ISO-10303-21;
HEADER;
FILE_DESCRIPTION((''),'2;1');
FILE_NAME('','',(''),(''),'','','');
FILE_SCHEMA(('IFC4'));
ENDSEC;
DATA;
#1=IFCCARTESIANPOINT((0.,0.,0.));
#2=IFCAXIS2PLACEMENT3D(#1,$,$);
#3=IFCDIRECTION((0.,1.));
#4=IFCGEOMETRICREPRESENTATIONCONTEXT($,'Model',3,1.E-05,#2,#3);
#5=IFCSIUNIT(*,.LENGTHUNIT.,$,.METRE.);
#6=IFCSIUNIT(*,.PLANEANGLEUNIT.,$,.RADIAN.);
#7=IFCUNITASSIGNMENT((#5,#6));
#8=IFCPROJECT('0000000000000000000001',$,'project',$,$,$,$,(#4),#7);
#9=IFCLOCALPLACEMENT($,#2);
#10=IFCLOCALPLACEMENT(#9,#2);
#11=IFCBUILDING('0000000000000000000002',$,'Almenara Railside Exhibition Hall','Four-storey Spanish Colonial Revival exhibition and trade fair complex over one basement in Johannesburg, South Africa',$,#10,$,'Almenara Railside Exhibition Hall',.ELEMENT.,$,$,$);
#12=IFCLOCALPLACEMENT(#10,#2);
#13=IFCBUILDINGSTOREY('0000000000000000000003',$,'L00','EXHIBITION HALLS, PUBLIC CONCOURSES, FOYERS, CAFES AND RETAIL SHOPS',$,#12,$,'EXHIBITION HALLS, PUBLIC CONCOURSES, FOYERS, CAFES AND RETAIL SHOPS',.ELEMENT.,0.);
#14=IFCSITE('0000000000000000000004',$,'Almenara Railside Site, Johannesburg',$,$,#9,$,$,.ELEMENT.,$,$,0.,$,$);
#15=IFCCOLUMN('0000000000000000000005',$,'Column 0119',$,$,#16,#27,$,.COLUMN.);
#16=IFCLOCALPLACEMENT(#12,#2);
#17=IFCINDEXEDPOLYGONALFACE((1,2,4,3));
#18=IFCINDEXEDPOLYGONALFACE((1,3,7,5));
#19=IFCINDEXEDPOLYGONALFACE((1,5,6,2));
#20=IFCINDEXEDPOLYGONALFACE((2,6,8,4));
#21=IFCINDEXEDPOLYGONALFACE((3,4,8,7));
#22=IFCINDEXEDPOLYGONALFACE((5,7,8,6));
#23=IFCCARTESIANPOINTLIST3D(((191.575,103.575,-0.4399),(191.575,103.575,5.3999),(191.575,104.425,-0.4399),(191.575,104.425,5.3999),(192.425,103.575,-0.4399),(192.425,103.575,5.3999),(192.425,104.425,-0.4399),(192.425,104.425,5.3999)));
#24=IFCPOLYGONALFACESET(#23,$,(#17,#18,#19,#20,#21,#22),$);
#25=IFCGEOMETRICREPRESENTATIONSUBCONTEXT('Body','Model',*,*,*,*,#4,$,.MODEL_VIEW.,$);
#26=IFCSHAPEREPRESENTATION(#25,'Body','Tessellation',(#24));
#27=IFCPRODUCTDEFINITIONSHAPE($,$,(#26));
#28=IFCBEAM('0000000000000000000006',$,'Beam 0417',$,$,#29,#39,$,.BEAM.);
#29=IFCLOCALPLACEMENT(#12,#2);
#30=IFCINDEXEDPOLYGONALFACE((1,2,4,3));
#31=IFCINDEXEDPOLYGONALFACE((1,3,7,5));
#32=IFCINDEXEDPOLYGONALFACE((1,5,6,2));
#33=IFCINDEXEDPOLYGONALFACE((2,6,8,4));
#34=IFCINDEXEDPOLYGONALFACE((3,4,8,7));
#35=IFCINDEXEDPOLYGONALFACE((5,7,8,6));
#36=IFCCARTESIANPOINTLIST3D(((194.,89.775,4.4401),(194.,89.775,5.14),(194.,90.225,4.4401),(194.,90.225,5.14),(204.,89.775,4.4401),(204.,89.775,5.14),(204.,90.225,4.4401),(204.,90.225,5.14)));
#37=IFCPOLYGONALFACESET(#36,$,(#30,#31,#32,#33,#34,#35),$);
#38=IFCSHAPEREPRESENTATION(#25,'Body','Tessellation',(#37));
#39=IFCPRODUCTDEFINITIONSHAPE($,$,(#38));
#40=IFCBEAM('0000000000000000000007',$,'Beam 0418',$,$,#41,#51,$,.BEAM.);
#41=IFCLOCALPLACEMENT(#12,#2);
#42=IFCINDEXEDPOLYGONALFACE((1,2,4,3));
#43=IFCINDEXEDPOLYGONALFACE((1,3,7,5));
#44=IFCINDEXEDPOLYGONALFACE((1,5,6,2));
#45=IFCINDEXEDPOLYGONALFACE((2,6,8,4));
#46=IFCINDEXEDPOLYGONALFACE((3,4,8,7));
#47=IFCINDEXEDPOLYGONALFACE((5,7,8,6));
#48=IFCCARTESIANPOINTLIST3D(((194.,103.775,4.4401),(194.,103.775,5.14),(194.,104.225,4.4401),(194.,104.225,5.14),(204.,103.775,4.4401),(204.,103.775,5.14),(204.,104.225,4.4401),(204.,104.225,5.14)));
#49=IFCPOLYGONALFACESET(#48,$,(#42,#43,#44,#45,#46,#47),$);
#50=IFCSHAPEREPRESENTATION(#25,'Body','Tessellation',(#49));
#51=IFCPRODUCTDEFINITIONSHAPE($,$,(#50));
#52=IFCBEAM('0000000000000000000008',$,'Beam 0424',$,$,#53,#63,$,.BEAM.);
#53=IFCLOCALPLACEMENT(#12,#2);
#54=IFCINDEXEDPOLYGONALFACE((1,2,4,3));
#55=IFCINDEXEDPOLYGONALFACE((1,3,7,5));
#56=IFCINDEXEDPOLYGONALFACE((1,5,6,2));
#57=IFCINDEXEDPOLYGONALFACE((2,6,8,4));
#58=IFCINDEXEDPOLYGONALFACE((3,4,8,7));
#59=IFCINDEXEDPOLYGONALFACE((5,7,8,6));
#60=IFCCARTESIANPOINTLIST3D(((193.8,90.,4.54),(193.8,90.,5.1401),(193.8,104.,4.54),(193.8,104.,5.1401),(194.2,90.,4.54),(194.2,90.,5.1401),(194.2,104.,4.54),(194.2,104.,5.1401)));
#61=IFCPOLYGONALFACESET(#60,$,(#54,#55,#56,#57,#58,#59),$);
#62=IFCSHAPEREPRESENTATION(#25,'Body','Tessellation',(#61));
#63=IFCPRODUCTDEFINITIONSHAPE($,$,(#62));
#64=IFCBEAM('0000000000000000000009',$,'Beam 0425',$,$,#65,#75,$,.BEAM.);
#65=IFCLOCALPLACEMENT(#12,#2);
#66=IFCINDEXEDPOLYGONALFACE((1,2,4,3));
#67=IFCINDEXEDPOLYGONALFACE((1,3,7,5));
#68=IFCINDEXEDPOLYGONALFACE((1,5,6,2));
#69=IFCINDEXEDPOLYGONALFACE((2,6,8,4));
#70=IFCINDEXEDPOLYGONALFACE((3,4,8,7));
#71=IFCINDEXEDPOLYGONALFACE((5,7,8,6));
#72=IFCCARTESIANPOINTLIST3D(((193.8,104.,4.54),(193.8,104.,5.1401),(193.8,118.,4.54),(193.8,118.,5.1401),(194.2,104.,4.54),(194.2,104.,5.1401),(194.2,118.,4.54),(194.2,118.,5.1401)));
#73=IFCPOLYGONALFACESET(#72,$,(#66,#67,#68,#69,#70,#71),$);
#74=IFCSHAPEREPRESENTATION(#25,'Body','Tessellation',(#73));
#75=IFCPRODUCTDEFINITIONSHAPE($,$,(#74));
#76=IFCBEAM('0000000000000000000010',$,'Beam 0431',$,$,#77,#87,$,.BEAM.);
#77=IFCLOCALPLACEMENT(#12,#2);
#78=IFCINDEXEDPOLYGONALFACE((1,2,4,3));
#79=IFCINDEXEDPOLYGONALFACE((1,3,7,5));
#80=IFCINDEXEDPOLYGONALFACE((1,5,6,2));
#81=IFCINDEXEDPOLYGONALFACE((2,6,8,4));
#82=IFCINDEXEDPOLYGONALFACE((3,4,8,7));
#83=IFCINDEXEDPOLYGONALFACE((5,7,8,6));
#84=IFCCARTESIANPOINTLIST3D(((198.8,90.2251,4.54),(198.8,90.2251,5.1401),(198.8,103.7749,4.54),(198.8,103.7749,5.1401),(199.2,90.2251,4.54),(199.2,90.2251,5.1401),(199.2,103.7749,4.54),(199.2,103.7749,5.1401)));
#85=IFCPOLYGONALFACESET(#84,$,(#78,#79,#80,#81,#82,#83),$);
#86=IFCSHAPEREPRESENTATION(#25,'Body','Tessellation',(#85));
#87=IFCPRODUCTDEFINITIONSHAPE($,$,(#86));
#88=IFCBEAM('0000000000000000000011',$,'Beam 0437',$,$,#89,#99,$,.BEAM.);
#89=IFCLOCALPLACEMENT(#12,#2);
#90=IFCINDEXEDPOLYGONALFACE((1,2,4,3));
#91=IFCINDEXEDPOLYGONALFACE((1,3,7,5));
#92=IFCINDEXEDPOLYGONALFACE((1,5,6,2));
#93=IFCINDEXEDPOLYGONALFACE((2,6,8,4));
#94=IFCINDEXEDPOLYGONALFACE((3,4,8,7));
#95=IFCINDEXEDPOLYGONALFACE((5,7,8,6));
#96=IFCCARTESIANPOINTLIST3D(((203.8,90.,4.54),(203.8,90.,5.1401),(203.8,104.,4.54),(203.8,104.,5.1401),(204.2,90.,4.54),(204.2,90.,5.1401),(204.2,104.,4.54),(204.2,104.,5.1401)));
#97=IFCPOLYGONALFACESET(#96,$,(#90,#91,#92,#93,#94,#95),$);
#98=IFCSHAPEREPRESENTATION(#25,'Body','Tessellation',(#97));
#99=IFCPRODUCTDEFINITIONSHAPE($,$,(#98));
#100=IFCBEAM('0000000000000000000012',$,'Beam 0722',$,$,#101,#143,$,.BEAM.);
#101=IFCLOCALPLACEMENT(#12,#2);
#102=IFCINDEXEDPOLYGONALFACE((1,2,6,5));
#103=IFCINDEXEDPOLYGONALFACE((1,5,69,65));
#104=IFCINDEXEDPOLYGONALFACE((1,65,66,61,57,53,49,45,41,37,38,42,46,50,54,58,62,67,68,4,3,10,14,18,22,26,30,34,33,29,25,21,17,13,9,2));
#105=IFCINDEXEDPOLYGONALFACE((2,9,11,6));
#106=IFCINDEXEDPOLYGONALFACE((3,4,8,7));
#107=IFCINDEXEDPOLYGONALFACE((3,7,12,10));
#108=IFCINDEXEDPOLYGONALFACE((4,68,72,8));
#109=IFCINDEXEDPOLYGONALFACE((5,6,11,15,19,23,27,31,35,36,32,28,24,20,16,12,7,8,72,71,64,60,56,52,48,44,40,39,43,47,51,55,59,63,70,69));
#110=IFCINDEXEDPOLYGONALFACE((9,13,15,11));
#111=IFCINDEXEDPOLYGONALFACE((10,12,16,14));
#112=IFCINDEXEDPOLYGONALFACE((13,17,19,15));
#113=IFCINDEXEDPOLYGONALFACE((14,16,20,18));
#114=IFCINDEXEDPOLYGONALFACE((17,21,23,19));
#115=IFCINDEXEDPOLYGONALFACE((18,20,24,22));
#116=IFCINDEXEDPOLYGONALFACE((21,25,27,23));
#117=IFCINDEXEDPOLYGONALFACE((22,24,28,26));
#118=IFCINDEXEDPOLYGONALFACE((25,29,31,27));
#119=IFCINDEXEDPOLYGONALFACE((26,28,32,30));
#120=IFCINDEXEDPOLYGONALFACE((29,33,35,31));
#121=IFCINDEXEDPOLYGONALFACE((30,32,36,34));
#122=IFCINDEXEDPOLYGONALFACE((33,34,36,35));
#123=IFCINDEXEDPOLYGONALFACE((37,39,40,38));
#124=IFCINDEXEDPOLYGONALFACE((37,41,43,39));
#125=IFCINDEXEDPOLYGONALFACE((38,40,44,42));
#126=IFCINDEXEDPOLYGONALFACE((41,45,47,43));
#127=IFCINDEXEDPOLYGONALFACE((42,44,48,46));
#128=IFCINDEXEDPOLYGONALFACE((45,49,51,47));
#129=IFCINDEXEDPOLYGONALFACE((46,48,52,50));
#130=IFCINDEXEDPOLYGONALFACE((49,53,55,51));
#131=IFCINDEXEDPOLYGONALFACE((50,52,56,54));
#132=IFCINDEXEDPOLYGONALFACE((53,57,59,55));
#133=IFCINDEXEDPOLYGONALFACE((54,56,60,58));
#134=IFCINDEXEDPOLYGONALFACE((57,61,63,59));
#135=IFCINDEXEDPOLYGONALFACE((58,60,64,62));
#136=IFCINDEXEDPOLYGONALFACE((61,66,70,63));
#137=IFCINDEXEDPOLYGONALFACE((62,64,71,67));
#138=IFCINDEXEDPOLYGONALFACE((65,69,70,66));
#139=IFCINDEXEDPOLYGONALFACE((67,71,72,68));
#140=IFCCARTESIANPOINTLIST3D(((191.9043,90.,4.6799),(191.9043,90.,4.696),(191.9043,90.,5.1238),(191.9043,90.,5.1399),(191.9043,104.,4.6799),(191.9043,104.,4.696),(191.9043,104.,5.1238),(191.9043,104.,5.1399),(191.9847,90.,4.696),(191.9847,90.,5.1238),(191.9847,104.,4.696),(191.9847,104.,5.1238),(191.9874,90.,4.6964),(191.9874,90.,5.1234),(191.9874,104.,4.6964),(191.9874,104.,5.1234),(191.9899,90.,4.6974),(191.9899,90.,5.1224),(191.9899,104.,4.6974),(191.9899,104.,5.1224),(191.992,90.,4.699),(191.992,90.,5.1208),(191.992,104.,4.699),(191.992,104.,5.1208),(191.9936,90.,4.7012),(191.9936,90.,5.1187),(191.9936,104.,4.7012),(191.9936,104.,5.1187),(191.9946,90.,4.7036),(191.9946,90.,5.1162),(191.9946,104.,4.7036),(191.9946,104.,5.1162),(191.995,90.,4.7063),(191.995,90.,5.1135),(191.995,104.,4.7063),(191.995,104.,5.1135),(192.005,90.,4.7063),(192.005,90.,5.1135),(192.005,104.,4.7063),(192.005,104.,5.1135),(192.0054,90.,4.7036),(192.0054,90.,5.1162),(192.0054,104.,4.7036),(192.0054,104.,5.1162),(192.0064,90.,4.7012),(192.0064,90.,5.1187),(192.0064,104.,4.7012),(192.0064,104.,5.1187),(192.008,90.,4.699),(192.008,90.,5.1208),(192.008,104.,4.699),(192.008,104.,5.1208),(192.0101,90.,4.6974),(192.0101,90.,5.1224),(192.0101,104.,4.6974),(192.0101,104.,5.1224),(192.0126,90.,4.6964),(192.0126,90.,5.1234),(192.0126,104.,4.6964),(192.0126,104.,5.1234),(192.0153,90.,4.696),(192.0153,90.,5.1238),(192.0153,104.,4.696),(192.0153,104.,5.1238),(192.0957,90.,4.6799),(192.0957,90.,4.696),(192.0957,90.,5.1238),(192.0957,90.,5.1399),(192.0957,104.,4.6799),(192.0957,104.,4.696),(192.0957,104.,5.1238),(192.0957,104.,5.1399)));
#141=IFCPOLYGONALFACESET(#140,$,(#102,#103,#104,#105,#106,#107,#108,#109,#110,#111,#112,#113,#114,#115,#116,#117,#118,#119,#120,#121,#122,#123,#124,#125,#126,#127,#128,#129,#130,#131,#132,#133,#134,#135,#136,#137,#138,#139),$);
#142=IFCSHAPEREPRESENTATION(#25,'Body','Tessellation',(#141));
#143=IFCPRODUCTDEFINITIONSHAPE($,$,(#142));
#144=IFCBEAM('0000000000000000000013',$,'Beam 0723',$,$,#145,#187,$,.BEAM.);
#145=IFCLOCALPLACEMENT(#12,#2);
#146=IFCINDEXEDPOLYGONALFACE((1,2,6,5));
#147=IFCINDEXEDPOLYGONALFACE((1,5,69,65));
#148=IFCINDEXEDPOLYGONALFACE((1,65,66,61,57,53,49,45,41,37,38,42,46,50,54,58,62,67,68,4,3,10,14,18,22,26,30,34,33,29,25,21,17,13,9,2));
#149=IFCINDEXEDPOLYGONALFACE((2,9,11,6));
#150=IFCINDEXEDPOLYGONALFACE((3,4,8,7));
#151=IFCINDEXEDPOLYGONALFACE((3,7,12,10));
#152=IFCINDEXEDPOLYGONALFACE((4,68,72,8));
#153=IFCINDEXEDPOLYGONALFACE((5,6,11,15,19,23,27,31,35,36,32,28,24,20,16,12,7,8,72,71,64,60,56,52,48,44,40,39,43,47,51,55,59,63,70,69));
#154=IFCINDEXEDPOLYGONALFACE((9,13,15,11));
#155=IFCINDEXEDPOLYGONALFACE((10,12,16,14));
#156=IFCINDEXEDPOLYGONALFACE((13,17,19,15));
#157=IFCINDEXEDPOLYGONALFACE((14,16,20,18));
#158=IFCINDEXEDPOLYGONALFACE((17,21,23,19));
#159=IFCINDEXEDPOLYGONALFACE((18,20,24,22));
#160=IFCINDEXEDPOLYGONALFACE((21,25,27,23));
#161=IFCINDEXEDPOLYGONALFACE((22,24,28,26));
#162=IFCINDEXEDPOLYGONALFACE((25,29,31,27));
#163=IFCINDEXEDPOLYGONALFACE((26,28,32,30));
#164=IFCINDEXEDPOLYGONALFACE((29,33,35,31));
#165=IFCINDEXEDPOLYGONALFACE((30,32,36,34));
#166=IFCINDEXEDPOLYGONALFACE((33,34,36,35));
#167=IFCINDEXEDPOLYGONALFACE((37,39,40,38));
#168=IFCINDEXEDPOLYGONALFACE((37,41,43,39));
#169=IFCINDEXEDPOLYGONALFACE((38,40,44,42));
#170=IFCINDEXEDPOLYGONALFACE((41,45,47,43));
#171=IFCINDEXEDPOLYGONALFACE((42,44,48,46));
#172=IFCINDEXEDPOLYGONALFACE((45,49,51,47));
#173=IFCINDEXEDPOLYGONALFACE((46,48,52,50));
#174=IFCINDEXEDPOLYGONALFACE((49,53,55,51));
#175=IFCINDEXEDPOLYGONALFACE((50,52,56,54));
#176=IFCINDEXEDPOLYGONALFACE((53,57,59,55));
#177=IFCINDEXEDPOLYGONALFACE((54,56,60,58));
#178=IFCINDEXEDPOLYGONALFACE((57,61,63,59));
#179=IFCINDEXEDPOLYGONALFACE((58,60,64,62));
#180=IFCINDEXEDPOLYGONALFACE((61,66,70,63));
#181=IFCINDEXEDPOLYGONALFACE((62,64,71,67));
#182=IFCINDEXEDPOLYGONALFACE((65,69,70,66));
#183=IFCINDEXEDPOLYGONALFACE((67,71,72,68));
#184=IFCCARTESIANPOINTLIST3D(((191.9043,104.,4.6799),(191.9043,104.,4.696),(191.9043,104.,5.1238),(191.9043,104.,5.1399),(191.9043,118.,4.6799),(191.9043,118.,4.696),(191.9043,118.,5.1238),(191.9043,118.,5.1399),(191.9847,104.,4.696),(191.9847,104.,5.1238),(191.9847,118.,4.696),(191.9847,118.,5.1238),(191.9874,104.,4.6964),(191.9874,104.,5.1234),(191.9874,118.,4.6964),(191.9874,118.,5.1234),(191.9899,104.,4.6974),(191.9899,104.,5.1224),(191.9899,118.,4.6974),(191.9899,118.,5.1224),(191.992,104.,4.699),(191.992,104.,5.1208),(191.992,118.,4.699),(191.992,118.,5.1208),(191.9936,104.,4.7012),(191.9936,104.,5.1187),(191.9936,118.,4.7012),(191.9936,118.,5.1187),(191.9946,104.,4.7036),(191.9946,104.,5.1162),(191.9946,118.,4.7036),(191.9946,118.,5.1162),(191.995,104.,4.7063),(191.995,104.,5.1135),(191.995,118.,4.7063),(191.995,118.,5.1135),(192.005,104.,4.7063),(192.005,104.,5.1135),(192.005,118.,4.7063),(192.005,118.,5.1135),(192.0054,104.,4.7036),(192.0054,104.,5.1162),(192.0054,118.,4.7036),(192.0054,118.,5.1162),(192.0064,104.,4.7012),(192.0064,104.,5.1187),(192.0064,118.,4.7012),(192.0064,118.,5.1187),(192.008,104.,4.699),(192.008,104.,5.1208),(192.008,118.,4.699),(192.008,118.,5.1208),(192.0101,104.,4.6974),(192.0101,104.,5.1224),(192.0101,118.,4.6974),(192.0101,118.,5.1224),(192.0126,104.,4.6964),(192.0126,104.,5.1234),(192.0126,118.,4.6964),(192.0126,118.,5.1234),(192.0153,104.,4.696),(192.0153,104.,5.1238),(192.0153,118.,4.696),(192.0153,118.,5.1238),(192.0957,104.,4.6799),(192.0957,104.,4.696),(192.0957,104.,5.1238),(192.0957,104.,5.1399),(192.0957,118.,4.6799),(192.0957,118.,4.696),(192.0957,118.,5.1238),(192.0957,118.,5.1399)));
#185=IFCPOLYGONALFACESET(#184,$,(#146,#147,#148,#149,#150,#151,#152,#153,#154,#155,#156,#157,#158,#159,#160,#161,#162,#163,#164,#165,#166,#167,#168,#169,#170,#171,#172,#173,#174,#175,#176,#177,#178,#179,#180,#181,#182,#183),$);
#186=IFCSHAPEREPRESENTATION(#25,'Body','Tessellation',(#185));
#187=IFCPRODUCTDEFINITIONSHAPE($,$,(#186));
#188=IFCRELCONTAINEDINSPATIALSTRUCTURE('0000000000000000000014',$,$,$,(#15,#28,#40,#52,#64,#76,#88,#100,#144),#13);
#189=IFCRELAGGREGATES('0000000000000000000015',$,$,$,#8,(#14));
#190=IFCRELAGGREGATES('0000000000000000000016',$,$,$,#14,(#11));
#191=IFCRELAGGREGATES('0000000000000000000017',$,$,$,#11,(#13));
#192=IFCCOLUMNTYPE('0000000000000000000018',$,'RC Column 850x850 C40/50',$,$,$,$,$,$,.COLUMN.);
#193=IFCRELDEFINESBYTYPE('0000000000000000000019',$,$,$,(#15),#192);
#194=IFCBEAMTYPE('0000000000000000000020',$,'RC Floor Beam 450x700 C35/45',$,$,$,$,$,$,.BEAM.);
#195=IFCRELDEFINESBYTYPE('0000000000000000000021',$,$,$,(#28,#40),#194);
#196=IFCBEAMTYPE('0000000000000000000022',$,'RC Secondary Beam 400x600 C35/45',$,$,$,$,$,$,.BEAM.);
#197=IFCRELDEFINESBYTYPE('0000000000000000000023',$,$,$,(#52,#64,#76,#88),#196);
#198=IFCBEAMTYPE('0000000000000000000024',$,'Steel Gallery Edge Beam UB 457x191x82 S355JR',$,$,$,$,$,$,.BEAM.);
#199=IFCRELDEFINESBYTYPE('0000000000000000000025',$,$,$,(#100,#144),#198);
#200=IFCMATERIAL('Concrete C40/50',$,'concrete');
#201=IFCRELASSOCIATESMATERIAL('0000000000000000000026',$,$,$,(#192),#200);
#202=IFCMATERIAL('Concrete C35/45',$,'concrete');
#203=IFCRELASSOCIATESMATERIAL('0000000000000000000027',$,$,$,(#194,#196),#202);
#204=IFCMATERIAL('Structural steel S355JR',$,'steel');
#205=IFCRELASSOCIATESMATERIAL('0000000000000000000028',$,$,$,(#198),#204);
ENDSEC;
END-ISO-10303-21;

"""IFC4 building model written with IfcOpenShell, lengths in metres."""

from ifc_helpers import new_model, si_unit, direction, frame, origin, origin_2d, place, context, subcontext, project, spatial, rectangle, i_section, extrude, material, material_profile, profile_set, type_object, element, save


model = new_model("IFC4")

# Units and contexts
model_context = context("Model", 3, precision=1e-05, world=origin(), true_north=direction((0.0, 1.0)))
body_context = subcontext(model_context, "Body", "Model", "MODEL_VIEW")
ifc_project = project(units=[si_unit("LENGTHUNIT", "METRE"), si_unit("PLANEANGLEUNIT", "RADIAN")], contexts=[model_context])

# Site, building, storey
site_placement = place(None, origin())
site = spatial("IfcSite", under=ifc_project, at=site_placement, Name="Almenara Railside Site, Johannesburg", CompositionType="ELEMENT", RefElevation=0.0)
building_placement = place(site_placement, origin())
building = spatial("IfcBuilding", under=site, at=building_placement, Name="Almenara Railside Exhibition Hall", Description="Four-storey Spanish Colonial Revival exhibition and trade fair complex over one basement in Johannesburg, South Africa", LongName="Almenara Railside Exhibition Hall", CompositionType="ELEMENT")
storey_placement = place(building_placement, origin())
storey = spatial("IfcBuildingStorey", under=building, at=storey_placement, Name="L00", Description="EXHIBITION HALLS, PUBLIC CONCOURSES, FOYERS, CAFES AND RETAIL SHOPS", LongName="EXHIBITION HALLS, PUBLIC CONCOURSES, FOYERS, CAFES AND RETAIL SHOPS", CompositionType="ELEMENT", Elevation=0.0)

# Shared definitions
ifc_material_1 = material(Name="Concrete C40/50", Category="concrete")

# Shared definitions
ifc_material_2 = material(Name="Concrete C35/45", Category="concrete")

# Column
ifc_material_profile_1 = material_profile(ifc_material_1, rectangle(XDim=0.8501, YDim=0.8501, at=origin_2d()), Name="RC 850x850")
ifc_profile_set_1 = profile_set([ifc_material_profile_1], Name="Concrete C40/50")
column_type_1 = type_object("IfcColumnType", Name="RC Column 850x850 C40/50", PredefinedType="COLUMN", material=ifc_profile_set_1)
for number, where, z_axis, x_axis, name in (
    (1, (192.0, 104.0, -0.4399), (0.0, 0.0, 1.0), (1.0, 0.0, 0.0), "Column 0119"),
):
    element("IfcColumn", number, at=place(storey_placement, frame(where, z_axis=z_axis, x_axis=x_axis)), inside=storey, type_object=column_type_1, Name=name, PredefinedType="COLUMN", context=body_context, shape_type="SweptSolid", body=[
        extrude(rectangle(XDim=0.8501, YDim=0.8501, at=origin_2d()), origin(), (0.0, 0.0, 1.0), 5.8398),
    ])

# Beams
ifc_material_profile_2 = material_profile(ifc_material_2, rectangle(XDim=0.45, YDim=0.7, at=origin_2d()), Name="RC 450x700")
ifc_profile_set_2 = profile_set([ifc_material_profile_2], Name="Concrete C35/45")
beam_type_1 = type_object("IfcBeamType", Name="RC Floor Beam 450x700 C35/45", PredefinedType="BEAM", material=ifc_profile_set_2)
for number, where, z_axis, x_axis, name in (
    (2, (194.0, 90.0, 4.79), (1.0, 0.0, 0.0), (0.0, 1.0, 0.0), "Beam 0417"),
    (3, (194.0, 104.0, 4.79), (1.0, 0.0, 0.0), (0.0, 1.0, 0.0), "Beam 0418"),
):
    element("IfcBeam", number, at=place(storey_placement, frame(where, z_axis=z_axis, x_axis=x_axis)), inside=storey, type_object=beam_type_1, Name=name, PredefinedType="BEAM", context=body_context, shape_type="SweptSolid", body=[
        extrude(rectangle(XDim=0.45, YDim=0.7, at=origin_2d()), origin(), (0.0, 0.0, 1.0), 10.0),
    ])
ifc_material_profile_3 = material_profile(ifc_material_2, rectangle(XDim=0.3999, YDim=0.6001, at=origin_2d()), Name="RC 400x600")
ifc_profile_set_3 = profile_set([ifc_material_profile_3], Name="Concrete C35/45")
beam_type_2 = type_object("IfcBeamType", Name="RC Secondary Beam 400x600 C35/45", PredefinedType="BEAM", material=ifc_profile_set_3)
for number, where, z_axis, x_axis, name in (
    (4, (194.0, 90.0, 4.8401), (0.0, 1.0, 0.0), (-1.0, 0.0, 0.0), "Beam 0424"),
    (5, (194.0, 104.0, 4.8401), (0.0, 1.0, 0.0), (-1.0, 0.0, 0.0), "Beam 0425"),
):
    element("IfcBeam", number, at=place(storey_placement, frame(where, z_axis=z_axis, x_axis=x_axis)), inside=storey, type_object=beam_type_2, Name=name, PredefinedType="BEAM", context=body_context, shape_type="SweptSolid", body=[
        extrude(rectangle(XDim=0.3999, YDim=0.6001, at=origin_2d()), origin(), (0.0, 0.0, 1.0), 14.0),
    ])
beam_1_placement = place(storey_placement, frame((199.0, 90.2251, 4.8401), z_axis=(0.0, 1.0, 0.0), x_axis=(-1.0, 0.0, 0.0)))
element("IfcBeam", 6, at=beam_1_placement, inside=storey, type_object=beam_type_2, Name="Beam 0431", PredefinedType="BEAM", context=body_context, shape_type="SweptSolid", body=[
    extrude(rectangle(XDim=0.3999, YDim=0.6001, at=origin_2d()), origin(), (0.0, 0.0, 1.0), 13.5498),
])
beam_2_placement = place(storey_placement, frame((204.0, 90.0, 4.8401), z_axis=(0.0, 1.0, 0.0), x_axis=(-1.0, 0.0, 0.0)))
element("IfcBeam", 7, at=beam_2_placement, inside=storey, type_object=beam_type_2, Name="Beam 0437", PredefinedType="BEAM", context=body_context, shape_type="SweptSolid", body=[
    extrude(rectangle(XDim=0.3999, YDim=0.6001, at=origin_2d()), origin(), (0.0, 0.0, 1.0), 14.0),
])
ifc_material_3 = material(Name="Structural steel S355JR", Category="steel")
ifc_material_profile_4 = material_profile(ifc_material_3, i_section(OverallWidth=0.1914, OverallDepth=0.46, WebThickness=0.01, FlangeThickness=0.0161, FilletRadius=0.0103, at=origin_2d()), Name="UB 457x191x82")
ifc_profile_set_4 = profile_set([ifc_material_profile_4], Name="Structural steel S355JR")
beam_type_3 = type_object("IfcBeamType", Name="Steel Gallery Edge Beam UB 457x191x82 S355JR", PredefinedType="BEAM", material=ifc_profile_set_4)
for number, where, z_axis, x_axis, name in (
    (8, (192.0, 90.0, 4.9099), (0.0, 1.0, 0.0), (-1.0, 0.0, 0.0), "Beam 0722"),
    (9, (192.0, 104.0, 4.9099), (0.0, 1.0, 0.0), (-1.0, 0.0, 0.0), "Beam 0723"),
):
    element("IfcBeam", number, at=place(storey_placement, frame(where, z_axis=z_axis, x_axis=x_axis)), inside=storey, type_object=beam_type_3, Name=name, PredefinedType="BEAM", context=body_context, shape_type="SweptSolid", body=[
        extrude(i_section(OverallWidth=0.1914, OverallDepth=0.46, WebThickness=0.01, FlangeThickness=0.0161, FilletRadius=0.0103, at=origin_2d()), origin(), (0.0, 0.0, 1.0), 14.0),
    ])

save(model, "model.ifc")
